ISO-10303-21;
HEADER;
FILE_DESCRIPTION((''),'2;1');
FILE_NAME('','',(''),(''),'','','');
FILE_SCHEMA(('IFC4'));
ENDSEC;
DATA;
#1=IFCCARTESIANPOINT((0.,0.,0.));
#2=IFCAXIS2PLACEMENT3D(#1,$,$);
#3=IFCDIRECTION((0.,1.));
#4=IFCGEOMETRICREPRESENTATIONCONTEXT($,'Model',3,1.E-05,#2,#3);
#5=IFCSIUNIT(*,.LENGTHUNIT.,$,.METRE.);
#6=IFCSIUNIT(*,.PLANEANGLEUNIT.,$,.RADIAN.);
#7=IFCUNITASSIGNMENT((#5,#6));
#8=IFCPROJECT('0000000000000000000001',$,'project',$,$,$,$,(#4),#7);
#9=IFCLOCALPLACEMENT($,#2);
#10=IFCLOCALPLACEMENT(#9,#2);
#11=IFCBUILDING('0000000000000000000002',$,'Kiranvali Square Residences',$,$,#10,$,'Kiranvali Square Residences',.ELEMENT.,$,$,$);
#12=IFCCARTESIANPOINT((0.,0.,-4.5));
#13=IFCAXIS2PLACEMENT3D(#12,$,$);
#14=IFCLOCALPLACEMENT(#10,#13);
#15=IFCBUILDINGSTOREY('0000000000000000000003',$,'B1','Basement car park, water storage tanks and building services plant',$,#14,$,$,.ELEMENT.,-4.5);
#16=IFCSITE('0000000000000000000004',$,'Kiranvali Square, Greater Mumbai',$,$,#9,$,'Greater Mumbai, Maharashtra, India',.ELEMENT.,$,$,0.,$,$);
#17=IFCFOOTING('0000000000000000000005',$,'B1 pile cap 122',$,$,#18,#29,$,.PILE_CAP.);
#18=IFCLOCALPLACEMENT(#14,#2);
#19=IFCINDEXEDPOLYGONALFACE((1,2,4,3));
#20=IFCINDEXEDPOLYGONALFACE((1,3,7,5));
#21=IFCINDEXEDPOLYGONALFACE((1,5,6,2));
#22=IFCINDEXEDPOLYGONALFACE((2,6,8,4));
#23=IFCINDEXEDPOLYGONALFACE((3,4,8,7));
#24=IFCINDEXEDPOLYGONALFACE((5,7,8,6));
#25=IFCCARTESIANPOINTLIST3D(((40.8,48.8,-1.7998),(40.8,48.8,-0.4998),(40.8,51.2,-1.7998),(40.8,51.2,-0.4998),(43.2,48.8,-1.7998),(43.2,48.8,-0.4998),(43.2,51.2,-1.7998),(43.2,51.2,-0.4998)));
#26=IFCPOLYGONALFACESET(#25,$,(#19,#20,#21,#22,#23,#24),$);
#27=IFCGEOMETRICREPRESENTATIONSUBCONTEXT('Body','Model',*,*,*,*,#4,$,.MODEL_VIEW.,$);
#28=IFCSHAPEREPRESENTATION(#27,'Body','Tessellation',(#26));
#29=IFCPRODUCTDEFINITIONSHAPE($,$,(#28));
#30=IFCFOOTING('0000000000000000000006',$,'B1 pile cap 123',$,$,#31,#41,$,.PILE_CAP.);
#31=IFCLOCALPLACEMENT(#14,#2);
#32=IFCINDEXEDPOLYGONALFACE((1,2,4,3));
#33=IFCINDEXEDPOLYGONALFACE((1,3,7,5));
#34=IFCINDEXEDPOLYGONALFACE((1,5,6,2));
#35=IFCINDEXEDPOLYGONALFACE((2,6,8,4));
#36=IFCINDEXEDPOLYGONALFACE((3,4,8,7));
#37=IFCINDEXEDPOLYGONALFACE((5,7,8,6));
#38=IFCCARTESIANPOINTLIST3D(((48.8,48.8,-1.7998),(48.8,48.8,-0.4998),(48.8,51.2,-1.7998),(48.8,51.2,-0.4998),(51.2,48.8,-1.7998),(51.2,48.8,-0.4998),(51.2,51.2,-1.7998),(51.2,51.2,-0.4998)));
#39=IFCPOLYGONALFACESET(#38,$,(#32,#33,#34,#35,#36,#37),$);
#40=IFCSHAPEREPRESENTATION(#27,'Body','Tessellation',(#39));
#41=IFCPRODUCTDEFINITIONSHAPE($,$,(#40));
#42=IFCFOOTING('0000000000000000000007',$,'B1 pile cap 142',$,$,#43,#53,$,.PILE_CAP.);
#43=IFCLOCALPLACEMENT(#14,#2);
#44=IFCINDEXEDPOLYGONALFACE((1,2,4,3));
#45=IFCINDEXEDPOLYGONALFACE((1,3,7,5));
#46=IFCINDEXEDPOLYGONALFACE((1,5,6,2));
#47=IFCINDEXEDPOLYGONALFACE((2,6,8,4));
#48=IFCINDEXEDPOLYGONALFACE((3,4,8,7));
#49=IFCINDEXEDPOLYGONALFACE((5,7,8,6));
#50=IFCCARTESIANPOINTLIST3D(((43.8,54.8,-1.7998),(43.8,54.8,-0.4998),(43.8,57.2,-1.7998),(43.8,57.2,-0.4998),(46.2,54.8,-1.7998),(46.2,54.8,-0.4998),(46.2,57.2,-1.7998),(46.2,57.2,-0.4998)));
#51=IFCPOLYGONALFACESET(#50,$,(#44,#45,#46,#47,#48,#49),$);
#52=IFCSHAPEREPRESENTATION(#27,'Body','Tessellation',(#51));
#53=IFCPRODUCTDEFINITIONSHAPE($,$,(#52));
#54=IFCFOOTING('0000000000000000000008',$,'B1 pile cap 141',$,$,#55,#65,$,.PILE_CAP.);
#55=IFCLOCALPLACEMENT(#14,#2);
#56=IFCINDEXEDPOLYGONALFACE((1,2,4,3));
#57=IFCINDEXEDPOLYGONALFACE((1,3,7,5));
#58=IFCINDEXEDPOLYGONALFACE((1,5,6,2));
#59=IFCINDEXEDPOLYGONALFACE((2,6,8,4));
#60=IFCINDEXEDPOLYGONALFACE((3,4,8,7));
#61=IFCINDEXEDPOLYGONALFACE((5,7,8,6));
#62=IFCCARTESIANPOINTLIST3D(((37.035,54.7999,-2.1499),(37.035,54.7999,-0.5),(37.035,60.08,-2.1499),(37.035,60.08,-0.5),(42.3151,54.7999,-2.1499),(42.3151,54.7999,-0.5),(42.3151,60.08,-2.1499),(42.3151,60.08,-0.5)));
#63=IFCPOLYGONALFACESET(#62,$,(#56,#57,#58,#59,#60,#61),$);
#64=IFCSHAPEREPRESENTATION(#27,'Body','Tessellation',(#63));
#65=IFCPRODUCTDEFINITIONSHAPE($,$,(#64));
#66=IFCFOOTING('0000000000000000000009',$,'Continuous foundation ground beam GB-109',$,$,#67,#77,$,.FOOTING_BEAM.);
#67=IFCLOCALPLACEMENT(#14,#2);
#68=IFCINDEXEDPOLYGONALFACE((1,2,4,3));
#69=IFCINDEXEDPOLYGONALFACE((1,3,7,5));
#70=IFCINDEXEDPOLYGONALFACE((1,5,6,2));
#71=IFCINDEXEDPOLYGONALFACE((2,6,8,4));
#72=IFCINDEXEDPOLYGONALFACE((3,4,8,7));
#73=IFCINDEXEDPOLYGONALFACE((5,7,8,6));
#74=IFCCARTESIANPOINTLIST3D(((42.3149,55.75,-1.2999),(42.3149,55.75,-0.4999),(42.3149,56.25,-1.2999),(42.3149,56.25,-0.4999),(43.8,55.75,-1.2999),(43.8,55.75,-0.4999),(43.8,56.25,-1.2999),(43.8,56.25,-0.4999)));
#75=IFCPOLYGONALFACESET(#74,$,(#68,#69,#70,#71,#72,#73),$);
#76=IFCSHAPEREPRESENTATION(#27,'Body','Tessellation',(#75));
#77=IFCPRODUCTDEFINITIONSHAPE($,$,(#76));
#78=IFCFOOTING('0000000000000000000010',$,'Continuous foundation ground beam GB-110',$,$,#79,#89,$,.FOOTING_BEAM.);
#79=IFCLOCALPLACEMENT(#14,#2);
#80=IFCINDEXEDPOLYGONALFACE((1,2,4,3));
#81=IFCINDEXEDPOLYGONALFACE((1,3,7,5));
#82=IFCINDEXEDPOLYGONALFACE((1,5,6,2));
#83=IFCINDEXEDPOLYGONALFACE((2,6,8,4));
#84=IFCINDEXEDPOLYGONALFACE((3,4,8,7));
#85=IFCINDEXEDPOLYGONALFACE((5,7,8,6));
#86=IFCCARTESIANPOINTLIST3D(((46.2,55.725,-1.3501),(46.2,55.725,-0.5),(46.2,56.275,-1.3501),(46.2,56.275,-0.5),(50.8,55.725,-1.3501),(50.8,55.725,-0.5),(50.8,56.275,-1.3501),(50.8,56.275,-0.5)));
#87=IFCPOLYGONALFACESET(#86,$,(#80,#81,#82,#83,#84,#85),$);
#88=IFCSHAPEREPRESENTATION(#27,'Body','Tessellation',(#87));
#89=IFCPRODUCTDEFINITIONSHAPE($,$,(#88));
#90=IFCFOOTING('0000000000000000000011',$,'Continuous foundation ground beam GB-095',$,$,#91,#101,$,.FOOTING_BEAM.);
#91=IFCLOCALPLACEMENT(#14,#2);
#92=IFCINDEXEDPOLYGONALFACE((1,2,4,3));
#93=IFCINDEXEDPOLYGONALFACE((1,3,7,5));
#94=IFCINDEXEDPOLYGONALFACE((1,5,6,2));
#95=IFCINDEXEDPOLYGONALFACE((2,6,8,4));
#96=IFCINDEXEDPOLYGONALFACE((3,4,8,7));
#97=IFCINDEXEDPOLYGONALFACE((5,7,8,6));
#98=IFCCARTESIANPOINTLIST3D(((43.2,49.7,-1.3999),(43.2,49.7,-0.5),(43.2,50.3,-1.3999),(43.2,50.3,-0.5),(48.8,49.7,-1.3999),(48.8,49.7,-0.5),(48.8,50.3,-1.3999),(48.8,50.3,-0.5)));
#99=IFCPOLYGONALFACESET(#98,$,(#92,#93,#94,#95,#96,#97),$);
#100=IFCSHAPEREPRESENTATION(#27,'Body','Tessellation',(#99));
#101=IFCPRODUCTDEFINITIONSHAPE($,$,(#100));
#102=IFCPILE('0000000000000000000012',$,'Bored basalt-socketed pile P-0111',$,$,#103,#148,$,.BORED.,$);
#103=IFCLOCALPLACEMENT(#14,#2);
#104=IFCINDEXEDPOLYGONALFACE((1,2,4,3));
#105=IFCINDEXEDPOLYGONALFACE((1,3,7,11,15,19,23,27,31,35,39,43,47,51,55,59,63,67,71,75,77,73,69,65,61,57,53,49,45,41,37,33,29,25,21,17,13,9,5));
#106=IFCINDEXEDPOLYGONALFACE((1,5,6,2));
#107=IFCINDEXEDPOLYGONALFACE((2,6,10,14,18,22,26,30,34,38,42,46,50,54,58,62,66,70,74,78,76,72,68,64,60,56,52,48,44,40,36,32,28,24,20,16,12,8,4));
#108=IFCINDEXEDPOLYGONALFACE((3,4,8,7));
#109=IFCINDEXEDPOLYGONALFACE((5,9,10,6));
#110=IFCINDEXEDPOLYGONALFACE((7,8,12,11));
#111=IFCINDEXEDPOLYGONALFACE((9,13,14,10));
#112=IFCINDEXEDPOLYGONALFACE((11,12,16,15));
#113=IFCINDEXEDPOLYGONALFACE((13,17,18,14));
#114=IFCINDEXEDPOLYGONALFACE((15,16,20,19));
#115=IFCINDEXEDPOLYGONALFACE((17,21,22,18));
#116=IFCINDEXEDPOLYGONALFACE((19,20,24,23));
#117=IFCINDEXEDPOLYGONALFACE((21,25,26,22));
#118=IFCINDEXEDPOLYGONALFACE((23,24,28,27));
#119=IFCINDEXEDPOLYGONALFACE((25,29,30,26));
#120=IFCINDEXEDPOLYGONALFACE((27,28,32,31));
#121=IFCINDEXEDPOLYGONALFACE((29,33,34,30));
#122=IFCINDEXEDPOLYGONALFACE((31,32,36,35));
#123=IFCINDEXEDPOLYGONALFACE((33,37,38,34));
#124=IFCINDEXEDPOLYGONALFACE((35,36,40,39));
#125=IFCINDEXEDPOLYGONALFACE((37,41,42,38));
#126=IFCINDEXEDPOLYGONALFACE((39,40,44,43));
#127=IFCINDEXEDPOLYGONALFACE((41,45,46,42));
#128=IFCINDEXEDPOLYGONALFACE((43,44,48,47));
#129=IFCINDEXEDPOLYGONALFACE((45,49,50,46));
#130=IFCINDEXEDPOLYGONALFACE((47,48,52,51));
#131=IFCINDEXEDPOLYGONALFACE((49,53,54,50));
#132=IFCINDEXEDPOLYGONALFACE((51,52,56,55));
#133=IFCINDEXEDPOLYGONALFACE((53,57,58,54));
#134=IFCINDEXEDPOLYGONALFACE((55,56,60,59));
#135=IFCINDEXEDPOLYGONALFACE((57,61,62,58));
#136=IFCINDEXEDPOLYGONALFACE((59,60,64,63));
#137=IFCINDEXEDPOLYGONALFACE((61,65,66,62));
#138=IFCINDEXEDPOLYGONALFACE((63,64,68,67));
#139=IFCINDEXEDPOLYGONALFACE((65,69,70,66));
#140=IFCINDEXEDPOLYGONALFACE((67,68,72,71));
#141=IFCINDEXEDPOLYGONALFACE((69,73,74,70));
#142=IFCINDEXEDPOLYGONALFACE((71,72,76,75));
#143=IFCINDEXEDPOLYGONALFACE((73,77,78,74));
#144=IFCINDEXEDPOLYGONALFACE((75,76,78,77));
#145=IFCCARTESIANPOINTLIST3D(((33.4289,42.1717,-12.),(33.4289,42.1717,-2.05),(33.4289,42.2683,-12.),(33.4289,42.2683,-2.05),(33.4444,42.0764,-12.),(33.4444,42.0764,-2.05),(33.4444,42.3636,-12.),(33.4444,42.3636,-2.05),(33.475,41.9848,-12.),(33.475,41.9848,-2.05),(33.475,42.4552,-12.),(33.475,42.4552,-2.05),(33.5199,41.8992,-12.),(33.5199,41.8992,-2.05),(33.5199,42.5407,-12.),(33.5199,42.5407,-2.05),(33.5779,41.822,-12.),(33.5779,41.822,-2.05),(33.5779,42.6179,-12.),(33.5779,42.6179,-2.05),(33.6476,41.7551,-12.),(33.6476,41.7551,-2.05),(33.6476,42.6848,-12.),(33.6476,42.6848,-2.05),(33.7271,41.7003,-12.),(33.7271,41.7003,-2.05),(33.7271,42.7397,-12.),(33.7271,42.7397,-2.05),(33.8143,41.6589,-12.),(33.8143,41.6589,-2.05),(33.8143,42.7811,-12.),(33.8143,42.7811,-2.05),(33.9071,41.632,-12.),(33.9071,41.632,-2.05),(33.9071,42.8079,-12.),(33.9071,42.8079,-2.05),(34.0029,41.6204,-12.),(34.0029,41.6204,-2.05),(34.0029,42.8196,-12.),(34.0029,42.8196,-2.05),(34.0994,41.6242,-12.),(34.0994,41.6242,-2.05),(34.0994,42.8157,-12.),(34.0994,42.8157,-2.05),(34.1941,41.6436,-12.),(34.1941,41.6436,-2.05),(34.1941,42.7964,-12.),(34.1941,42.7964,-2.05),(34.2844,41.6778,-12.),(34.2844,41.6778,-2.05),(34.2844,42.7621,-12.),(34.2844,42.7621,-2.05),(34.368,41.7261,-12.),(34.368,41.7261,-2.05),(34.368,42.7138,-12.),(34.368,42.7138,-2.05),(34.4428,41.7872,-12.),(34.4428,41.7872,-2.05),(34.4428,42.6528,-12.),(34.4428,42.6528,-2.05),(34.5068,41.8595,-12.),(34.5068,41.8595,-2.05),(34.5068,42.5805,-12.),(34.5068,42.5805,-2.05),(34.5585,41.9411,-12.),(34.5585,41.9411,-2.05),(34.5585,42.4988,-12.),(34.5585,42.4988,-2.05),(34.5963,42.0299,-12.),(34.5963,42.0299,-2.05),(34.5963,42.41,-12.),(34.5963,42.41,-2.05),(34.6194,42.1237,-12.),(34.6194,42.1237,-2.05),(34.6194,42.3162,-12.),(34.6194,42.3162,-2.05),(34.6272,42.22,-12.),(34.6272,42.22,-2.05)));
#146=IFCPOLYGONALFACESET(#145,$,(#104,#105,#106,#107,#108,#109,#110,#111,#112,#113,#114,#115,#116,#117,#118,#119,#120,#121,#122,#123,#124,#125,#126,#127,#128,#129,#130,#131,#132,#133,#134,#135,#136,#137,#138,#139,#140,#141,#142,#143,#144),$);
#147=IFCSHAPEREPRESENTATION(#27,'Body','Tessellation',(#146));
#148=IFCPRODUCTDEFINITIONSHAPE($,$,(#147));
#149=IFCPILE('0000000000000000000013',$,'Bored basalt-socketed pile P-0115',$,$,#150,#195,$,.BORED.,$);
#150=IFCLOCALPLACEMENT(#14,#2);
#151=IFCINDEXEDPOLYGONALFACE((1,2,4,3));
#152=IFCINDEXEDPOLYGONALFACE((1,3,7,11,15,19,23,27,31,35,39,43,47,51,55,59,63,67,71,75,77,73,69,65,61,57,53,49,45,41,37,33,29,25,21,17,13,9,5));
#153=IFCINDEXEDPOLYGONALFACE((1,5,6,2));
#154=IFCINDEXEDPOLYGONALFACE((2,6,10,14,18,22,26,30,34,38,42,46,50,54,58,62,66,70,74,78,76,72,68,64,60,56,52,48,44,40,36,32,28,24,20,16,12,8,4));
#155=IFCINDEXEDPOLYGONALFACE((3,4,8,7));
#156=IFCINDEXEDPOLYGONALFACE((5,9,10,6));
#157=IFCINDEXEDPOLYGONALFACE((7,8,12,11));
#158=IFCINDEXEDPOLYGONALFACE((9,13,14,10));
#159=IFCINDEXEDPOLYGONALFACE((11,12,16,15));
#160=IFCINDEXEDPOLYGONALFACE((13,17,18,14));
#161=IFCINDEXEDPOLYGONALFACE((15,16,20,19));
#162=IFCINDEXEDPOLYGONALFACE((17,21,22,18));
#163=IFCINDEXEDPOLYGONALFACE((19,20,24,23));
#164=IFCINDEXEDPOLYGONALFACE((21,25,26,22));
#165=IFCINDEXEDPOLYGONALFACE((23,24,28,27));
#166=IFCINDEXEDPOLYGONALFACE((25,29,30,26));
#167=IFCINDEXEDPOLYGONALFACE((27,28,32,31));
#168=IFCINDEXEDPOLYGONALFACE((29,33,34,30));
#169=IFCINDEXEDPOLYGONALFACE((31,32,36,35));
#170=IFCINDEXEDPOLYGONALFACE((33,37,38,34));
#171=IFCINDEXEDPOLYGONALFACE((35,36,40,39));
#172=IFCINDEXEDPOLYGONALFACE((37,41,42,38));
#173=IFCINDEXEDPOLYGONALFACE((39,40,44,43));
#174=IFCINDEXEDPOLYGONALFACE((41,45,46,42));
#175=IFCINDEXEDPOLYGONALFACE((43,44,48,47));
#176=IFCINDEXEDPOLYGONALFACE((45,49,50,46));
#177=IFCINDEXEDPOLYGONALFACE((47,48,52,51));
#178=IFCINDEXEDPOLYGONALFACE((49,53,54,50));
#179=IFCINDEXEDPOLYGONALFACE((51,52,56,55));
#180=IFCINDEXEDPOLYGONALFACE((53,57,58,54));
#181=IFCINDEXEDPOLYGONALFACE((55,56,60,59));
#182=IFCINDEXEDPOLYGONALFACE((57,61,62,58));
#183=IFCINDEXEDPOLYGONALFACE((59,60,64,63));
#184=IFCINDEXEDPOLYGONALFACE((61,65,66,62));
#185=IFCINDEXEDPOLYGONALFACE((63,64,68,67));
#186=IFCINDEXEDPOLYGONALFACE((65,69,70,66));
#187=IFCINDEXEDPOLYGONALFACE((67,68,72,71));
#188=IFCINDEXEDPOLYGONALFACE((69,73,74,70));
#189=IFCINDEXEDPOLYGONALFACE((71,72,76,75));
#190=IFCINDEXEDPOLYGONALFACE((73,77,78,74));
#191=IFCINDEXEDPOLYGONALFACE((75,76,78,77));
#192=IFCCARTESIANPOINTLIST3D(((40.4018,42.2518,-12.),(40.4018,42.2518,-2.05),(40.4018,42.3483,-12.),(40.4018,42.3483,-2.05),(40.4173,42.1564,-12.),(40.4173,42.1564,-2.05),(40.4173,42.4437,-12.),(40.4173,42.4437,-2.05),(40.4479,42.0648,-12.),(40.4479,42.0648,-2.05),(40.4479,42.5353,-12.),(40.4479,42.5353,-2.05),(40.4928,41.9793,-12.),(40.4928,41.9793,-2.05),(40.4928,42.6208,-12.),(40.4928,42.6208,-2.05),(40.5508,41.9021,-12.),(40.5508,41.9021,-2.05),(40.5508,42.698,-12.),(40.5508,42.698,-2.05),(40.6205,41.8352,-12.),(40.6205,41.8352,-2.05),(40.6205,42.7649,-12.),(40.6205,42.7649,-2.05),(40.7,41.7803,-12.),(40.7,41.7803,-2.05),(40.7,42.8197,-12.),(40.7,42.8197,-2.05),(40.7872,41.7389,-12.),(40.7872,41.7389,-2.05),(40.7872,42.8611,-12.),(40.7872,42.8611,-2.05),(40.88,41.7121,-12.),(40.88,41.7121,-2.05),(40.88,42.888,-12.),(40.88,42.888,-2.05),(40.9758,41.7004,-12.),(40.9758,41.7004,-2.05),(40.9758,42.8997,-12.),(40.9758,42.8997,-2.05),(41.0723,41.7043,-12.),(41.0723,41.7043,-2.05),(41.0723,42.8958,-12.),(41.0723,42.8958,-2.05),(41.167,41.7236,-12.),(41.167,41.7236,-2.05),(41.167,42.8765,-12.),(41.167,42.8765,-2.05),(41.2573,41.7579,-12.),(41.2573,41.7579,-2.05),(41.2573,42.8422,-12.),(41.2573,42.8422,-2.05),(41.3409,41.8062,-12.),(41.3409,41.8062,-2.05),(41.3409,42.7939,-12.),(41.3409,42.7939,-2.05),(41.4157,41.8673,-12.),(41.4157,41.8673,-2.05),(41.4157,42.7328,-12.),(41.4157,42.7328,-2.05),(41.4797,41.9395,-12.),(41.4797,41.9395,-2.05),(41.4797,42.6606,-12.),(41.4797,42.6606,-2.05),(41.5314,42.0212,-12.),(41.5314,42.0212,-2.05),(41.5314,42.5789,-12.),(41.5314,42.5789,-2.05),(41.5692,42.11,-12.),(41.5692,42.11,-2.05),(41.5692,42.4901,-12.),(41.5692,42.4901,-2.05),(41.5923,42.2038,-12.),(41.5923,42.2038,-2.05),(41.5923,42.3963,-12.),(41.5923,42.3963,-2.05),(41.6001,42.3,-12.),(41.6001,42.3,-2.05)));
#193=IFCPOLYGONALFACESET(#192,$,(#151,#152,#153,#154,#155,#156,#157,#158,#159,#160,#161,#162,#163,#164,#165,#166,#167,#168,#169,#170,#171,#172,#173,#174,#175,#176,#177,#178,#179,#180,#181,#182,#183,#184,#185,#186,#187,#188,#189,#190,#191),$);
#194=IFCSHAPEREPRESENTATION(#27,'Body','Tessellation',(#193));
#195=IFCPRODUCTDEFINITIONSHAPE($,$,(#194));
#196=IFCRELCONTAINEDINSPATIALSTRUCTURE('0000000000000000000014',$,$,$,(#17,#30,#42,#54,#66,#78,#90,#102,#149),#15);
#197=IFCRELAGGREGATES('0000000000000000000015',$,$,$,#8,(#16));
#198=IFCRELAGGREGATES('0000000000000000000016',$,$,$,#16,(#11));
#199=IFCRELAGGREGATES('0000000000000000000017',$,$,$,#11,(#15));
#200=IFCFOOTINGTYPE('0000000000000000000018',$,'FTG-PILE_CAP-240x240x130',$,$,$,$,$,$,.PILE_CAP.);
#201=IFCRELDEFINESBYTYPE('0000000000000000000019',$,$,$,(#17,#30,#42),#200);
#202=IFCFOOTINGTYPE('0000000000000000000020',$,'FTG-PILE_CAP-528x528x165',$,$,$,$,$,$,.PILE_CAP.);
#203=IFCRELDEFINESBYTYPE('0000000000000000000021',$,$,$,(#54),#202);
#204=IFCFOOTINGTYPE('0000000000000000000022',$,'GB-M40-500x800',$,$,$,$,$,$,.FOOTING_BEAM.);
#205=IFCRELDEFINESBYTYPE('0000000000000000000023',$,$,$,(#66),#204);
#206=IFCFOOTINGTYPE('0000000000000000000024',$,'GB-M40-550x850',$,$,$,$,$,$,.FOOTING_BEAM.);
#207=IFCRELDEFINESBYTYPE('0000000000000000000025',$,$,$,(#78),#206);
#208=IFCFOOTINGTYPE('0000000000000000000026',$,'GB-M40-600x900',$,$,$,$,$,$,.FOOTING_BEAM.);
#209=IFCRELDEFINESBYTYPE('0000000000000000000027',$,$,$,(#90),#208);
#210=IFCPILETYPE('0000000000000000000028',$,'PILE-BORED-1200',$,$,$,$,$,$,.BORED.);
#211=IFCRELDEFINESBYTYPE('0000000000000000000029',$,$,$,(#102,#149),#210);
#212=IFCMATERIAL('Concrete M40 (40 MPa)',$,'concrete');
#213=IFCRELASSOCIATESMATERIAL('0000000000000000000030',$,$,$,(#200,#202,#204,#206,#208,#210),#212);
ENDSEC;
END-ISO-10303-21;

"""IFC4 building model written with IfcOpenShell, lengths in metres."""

from ifc_helpers import new_model, si_unit, direction, frame, origin, origin_2d, place, context, subcontext, project, spatial, rectangle, circle, extrude, material, material_profile, profile_set, type_object, element, save


model = new_model("IFC4")

# Units and contexts
model_context = context("Model", 3, precision=1e-05, world=origin(), true_north=direction((0.0, 1.0)))
body_context = subcontext(model_context, "Body", "Model", "MODEL_VIEW")
ifc_project = project(units=[si_unit("LENGTHUNIT", "METRE"), si_unit("PLANEANGLEUNIT", "RADIAN")], contexts=[model_context])

# Site, building, storey
site_placement = place(None, origin())
site = spatial("IfcSite", under=ifc_project, at=site_placement, Name="Kiranvali Square, Greater Mumbai", LongName="Greater Mumbai, Maharashtra, India", CompositionType="ELEMENT", RefElevation=0.0)
building_placement = place(site_placement, origin())
building = spatial("IfcBuilding", under=site, at=building_placement, Name="Kiranvali Square Residences", LongName="Kiranvali Square Residences", CompositionType="ELEMENT")
storey_placement = place(building_placement, frame((0.0, 0.0, -4.5)))
storey = spatial("IfcBuildingStorey", under=building, at=storey_placement, Name="B1", Description="Basement car park, water storage tanks and building services plant", CompositionType="ELEMENT", Elevation=-4.5)

# Footings
ifc_material_1 = material(Name="Concrete M40 (40 MPa)", Category="concrete")
footing_type_1 = type_object("IfcFootingType", Name="FTG-PILE_CAP-240x240x130", PredefinedType="PILE_CAP", material=ifc_material_1)
for number, where, z_axis, x_axis, name in (
    (1, (42.0, 50.0, -1.7998), (0.0, 0.0, 1.0), (1.0, 0.0, 0.0), "B1 pile cap 122"),
    (2, (50.0, 50.0, -1.7998), (0.0, 0.0, 1.0), (1.0, 0.0, 0.0), "B1 pile cap 123"),
    (3, (45.0, 56.0, -1.7998), (0.0, 0.0, 1.0), (1.0, 0.0, 0.0), "B1 pile cap 142"),
):
    element("IfcFooting", number, at=place(storey_placement, frame(where, z_axis=z_axis, x_axis=x_axis)), inside=storey, type_object=footing_type_1, Name=name, PredefinedType="PILE_CAP", context=body_context, shape_type="SweptSolid", body=[
        extrude(rectangle(XDim=2.3999, YDim=2.3999, at=origin_2d()), origin(), (0.0, 0.0, 1.0), 1.3),
    ])
footing_type_2 = type_object("IfcFootingType", Name="FTG-PILE_CAP-528x528x165", PredefinedType="PILE_CAP", material=ifc_material_1)
footing_1_placement = place(storey_placement, frame((39.675, 57.4399, -2.1499), z_axis=(0.0, 0.0, 1.0), x_axis=(1.0, 0.0, 0.0)))
element("IfcFooting", 4, at=footing_1_placement, inside=storey, type_object=footing_type_2, Name="B1 pile cap 141", PredefinedType="PILE_CAP", context=body_context, shape_type="SweptSolid", body=[
    extrude(rectangle(XDim=5.28, YDim=5.28, at=origin_2d()), origin(), (0.0, 0.0, 1.0), 1.6499),
])
ifc_material_profile_1 = material_profile(ifc_material_1, rectangle(XDim=0.5, YDim=0.8, at=origin_2d()), Name="GB 500x800")
ifc_profile_set_1 = profile_set([ifc_material_profile_1], Name="Concrete M40 (40 MPa)")
footing_type_3 = type_object("IfcFootingType", Name="GB-M40-500x800", PredefinedType="FOOTING_BEAM", material=ifc_profile_set_1)
footing_2_placement = place(storey_placement, frame((42.3149, 56.0, -0.8999), z_axis=(1.0, 0.0, 0.0), x_axis=(0.0, 1.0, 0.0)))
element("IfcFooting", 5, at=footing_2_placement, inside=storey, type_object=footing_type_3, Name="Continuous foundation ground beam GB-109", PredefinedType="FOOTING_BEAM", context=body_context, shape_type="SweptSolid", body=[
    extrude(rectangle(XDim=0.5, YDim=0.8, at=origin_2d()), origin(), (0.0, 0.0, 1.0), 1.4851),
])
ifc_material_profile_2 = material_profile(ifc_material_1, rectangle(XDim=0.55, YDim=0.8501, at=origin_2d()), Name="GB 550x850")
ifc_profile_set_2 = profile_set([ifc_material_profile_2], Name="Concrete M40 (40 MPa)")
footing_type_4 = type_object("IfcFootingType", Name="GB-M40-550x850", PredefinedType="FOOTING_BEAM", material=ifc_profile_set_2)
footing_3_placement = place(storey_placement, frame((46.2, 56.0, -0.925), z_axis=(1.0, 0.0, 0.0), x_axis=(0.0, 1.0, 0.0)))
element("IfcFooting", 6, at=footing_3_placement, inside=storey, type_object=footing_type_4, Name="Continuous foundation ground beam GB-110", PredefinedType="FOOTING_BEAM", context=body_context, shape_type="SweptSolid", body=[
    extrude(rectangle(XDim=0.55, YDim=0.8501, at=origin_2d()), origin(), (0.0, 0.0, 1.0), 4.6001),
])
ifc_material_profile_3 = material_profile(ifc_material_1, rectangle(XDim=0.6001, YDim=0.8999, at=origin_2d()), Name="GB 600x900")
ifc_profile_set_3 = profile_set([ifc_material_profile_3], Name="Concrete M40 (40 MPa)")
footing_type_5 = type_object("IfcFootingType", Name="GB-M40-600x900", PredefinedType="FOOTING_BEAM", material=ifc_profile_set_3)
footing_4_placement = place(storey_placement, frame((43.2, 50.0, -0.95), z_axis=(1.0, 0.0, 0.0), x_axis=(0.0, 1.0, 0.0)))
element("IfcFooting", 7, at=footing_4_placement, inside=storey, type_object=footing_type_5, Name="Continuous foundation ground beam GB-095", PredefinedType="FOOTING_BEAM", context=body_context, shape_type="SweptSolid", body=[
    extrude(rectangle(XDim=0.6001, YDim=0.8999, at=origin_2d()), origin(), (0.0, 0.0, 1.0), 5.6001),
])

# Piles
ifc_material_profile_4 = material_profile(ifc_material_1, circle(Radius=0.6001, at=origin_2d()), Name="BORED PILE 1200")
ifc_profile_set_4 = profile_set([ifc_material_profile_4], Name="Concrete M40 (40 MPa)")
pile_type = type_object("IfcPileType", Name="PILE-BORED-1200", PredefinedType="BORED", material=ifc_profile_set_4)
for number, where, z_axis, x_axis, name in (
    (8, (34.0271, 42.22, -2.05), (0.0, 0.0, -1.0), (1.0, 0.0, 0.0), "Bored basalt-socketed pile P-0111"),
    (9, (41.0, 42.3, -2.05), (0.0, 0.0, -1.0), (1.0, 0.0, 0.0), "Bored basalt-socketed pile P-0115"),
):
    element("IfcPile", number, at=place(storey_placement, frame(where, z_axis=z_axis, x_axis=x_axis)), inside=storey, type_object=pile_type, Name=name, PredefinedType="BORED", context=body_context, shape_type="SweptSolid", body=[
        extrude(circle(Radius=0.6001, at=origin_2d()), origin(), (0.0, 0.0, 1.0), 9.95),
    ])

save(model, "model.ifc")
